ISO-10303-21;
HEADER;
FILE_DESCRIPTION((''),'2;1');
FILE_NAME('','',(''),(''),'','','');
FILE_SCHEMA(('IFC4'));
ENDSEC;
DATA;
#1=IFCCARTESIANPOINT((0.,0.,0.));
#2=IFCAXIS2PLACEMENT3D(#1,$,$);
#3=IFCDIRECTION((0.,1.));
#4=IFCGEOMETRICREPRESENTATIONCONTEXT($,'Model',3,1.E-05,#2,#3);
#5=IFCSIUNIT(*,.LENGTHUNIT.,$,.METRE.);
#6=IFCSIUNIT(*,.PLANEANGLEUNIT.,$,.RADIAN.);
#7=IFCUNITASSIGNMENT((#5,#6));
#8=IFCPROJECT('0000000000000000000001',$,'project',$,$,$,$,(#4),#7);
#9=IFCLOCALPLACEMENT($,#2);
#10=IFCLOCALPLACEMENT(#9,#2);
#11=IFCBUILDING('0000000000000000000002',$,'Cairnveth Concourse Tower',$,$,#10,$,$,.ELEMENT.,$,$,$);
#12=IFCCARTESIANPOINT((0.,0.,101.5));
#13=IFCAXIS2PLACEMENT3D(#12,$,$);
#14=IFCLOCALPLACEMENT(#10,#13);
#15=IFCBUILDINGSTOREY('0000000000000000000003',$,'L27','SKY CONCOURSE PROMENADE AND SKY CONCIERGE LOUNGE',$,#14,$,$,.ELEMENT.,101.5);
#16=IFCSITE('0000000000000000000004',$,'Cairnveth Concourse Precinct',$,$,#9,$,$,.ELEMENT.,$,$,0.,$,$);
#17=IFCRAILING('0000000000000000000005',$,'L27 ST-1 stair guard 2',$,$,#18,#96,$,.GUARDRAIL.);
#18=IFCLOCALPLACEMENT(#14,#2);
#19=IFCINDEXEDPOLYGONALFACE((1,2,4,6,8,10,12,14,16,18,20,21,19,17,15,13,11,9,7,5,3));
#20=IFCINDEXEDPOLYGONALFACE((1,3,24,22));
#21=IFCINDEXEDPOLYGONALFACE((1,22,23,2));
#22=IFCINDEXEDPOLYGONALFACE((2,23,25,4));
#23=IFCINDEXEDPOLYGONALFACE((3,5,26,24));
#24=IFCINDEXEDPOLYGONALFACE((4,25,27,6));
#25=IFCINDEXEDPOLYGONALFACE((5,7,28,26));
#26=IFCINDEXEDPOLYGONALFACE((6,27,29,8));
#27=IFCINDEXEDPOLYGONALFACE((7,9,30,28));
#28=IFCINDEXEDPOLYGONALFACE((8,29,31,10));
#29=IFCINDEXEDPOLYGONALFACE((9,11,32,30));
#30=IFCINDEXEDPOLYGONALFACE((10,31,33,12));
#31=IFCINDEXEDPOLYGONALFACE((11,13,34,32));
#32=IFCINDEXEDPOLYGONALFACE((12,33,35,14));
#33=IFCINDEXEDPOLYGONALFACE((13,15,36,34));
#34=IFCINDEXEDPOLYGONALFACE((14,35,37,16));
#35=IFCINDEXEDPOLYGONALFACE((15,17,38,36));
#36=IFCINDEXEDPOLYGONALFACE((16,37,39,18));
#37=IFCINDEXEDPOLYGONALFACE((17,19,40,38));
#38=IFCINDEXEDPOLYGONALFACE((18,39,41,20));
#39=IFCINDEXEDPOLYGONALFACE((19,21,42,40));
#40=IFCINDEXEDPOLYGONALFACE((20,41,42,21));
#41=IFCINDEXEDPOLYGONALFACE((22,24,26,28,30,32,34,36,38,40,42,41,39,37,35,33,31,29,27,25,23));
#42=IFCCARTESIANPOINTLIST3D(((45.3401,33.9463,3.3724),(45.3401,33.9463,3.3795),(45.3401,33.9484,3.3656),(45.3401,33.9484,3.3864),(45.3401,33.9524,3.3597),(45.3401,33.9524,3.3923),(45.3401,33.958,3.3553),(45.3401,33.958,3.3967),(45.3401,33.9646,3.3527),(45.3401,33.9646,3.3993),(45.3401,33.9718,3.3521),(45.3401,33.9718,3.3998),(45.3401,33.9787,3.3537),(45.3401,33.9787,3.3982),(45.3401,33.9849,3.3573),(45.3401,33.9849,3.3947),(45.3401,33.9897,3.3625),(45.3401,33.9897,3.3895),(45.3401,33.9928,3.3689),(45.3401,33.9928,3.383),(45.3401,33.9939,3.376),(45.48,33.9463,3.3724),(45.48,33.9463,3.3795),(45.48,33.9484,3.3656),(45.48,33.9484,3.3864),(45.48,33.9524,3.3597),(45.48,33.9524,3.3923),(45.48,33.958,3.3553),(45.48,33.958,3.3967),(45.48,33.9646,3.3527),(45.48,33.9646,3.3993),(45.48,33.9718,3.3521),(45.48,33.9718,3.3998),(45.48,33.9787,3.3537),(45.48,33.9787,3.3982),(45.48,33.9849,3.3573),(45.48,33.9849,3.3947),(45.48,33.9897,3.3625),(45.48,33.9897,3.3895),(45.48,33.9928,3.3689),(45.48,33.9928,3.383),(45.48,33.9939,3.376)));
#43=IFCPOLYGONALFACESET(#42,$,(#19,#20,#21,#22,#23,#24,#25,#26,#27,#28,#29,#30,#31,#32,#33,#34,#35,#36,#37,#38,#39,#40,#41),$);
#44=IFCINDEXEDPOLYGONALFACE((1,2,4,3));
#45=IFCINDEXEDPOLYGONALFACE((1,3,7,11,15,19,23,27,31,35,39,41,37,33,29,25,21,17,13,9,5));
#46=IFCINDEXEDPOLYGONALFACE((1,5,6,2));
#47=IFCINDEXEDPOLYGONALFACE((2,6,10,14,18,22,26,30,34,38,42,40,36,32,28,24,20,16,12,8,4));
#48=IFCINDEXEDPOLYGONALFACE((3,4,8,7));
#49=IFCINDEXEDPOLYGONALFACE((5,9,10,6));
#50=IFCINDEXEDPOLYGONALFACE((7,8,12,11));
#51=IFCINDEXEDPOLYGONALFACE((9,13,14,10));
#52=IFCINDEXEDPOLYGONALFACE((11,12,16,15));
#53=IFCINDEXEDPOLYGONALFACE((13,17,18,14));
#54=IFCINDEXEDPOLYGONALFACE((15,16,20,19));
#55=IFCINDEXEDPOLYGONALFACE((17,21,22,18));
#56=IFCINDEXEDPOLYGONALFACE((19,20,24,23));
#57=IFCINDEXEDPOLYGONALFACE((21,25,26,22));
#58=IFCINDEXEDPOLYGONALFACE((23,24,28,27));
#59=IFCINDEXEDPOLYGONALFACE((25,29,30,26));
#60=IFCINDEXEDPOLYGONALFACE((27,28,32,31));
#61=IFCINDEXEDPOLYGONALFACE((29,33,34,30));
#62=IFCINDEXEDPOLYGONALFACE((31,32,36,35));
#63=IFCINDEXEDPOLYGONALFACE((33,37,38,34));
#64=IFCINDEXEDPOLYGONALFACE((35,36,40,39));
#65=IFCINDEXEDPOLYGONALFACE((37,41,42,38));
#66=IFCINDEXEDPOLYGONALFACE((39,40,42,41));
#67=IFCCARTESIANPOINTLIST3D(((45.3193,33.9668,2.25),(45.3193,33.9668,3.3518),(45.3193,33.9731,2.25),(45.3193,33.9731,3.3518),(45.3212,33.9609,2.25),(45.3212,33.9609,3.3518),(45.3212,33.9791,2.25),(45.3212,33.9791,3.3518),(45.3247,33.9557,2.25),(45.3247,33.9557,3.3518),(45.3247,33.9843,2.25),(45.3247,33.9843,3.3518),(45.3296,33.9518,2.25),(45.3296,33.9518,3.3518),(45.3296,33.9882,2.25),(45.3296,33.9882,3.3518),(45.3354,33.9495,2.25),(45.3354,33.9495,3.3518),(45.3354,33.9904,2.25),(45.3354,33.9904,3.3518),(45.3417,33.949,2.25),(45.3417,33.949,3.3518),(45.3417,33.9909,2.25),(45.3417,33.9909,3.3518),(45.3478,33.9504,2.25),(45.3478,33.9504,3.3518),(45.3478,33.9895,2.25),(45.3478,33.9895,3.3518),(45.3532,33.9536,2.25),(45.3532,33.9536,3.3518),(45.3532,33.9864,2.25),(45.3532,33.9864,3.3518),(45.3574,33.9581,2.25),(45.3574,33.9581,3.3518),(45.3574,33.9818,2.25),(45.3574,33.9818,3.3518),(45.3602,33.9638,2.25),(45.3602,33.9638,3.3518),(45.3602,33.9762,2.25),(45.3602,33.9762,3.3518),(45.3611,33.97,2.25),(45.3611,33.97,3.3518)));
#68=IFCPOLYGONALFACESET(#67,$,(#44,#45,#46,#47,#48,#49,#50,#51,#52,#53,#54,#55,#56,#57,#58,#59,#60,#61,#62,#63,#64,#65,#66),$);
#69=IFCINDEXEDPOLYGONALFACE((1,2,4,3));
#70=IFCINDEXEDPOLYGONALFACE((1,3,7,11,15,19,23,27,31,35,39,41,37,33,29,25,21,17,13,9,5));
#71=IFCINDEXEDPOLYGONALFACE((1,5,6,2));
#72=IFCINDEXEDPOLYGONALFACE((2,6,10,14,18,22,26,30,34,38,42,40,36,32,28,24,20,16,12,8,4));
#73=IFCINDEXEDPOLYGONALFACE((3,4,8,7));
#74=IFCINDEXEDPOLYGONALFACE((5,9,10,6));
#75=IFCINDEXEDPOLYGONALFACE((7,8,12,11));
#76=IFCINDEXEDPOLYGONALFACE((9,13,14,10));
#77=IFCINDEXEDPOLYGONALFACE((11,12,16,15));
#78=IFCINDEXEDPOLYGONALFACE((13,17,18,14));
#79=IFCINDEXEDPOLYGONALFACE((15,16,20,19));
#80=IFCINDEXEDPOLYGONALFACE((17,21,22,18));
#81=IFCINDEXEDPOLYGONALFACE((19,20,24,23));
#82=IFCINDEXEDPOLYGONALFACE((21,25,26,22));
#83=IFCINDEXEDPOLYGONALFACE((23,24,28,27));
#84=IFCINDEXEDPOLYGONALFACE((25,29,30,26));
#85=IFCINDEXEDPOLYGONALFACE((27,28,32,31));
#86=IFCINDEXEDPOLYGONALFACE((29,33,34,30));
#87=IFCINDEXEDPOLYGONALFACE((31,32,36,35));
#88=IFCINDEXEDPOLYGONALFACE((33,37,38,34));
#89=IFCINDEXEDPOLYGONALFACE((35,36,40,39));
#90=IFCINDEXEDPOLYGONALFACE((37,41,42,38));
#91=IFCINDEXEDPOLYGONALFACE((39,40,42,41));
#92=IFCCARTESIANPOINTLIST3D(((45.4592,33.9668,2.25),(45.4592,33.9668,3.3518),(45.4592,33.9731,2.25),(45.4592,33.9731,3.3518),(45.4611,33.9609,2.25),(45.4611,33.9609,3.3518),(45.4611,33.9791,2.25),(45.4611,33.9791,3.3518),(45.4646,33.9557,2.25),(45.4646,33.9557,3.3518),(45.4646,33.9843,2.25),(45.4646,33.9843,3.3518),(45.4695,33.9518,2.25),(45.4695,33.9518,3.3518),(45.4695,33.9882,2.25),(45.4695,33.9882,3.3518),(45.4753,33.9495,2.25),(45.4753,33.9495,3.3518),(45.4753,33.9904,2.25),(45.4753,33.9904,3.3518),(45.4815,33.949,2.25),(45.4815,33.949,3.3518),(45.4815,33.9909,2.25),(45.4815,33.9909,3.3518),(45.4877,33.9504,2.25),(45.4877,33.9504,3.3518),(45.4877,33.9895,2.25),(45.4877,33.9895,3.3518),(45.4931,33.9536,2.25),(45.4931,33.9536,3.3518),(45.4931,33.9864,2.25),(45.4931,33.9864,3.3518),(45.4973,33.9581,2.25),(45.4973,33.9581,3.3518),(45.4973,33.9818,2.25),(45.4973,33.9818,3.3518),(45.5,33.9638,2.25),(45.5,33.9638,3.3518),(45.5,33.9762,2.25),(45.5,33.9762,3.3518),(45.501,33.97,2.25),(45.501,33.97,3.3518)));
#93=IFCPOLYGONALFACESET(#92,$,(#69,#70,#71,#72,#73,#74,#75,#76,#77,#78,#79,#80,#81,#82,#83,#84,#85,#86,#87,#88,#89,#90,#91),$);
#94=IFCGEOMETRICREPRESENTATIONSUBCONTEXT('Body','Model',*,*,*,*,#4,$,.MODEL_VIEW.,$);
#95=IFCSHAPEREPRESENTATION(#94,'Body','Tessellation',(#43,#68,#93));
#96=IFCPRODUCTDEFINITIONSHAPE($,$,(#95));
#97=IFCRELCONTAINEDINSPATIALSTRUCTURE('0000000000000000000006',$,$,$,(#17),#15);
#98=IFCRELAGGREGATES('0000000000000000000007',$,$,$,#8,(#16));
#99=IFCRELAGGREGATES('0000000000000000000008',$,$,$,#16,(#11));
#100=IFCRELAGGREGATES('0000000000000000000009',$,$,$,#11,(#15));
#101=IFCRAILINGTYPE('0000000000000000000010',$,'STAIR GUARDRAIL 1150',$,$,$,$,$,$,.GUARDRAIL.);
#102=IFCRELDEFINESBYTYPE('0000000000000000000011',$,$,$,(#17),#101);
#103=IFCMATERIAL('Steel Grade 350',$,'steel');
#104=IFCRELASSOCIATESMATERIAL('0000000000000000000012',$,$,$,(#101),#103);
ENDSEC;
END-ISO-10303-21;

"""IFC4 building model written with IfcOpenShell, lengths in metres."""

from ifc_helpers import new_model, si_unit, direction, frame, origin, origin_2d, place, context, subcontext, project, spatial, circle, extrude, material, type_object, element, save


model = new_model("IFC4")

# Units and contexts
model_context = context("Model", 3, precision=1e-05, world=origin(), true_north=direction((0.0, 1.0)))
body_context = subcontext(model_context, "Body", "Model", "MODEL_VIEW")
ifc_project = project(units=[si_unit("LENGTHUNIT", "METRE"), si_unit("PLANEANGLEUNIT", "RADIAN")], contexts=[model_context])

# Site, building, storey
site_placement = place(None, origin())
site = spatial("IfcSite", under=ifc_project, at=site_placement, Name="Cairnveth Concourse Precinct", CompositionType="ELEMENT", RefElevation=0.0)
building_placement = place(site_placement, origin())
building = spatial("IfcBuilding", under=site, at=building_placement, Name="Cairnveth Concourse Tower", CompositionType="ELEMENT")
storey_placement = place(building_placement, frame((0.0, 0.0, 101.5)))
storey = spatial("IfcBuildingStorey", under=building, at=storey_placement, Name="L27", Description="SKY CONCOURSE PROMENADE AND SKY CONCIERGE LOUNGE", CompositionType="ELEMENT", Elevation=101.5)

# Shared definitions
ifc_material_1 = material(Name="Steel Grade 350", Category="steel")

# Railing
railing_type_1 = type_object("IfcRailingType", Name="STAIR GUARDRAIL 1150", PredefinedType="GUARDRAIL", material=ifc_material_1)
railing_1_placement = place(storey_placement, frame((45.3401, 33.97, 2.25)))
element("IfcRailing", 1, at=railing_1_placement, inside=storey, type_object=railing_type_1, Name="L27 ST-1 stair guard 2", PredefinedType="GUARDRAIL", context=body_context, shape_type="SweptSolid", body=[
    extrude(circle(Radius=0.0239, at=origin_2d()), frame((0.0, 0.0, 1.126), z_axis=(1.0, 0.0, 0.0), x_axis=(0.0, 1.0, 0.0)), (0.0, 0.0, 1.0), 0.1399),
    extrude(circle(Radius=0.021, at=origin_2d()), origin(), (0.0, 0.0, 1.0), 1.1018),
    extrude(circle(Radius=0.021, at=origin_2d()), frame((0.1399, 0.0, 0.0)), (0.0, 0.0, 1.0), 1.1018),
])

save(model, "model.ifc")
